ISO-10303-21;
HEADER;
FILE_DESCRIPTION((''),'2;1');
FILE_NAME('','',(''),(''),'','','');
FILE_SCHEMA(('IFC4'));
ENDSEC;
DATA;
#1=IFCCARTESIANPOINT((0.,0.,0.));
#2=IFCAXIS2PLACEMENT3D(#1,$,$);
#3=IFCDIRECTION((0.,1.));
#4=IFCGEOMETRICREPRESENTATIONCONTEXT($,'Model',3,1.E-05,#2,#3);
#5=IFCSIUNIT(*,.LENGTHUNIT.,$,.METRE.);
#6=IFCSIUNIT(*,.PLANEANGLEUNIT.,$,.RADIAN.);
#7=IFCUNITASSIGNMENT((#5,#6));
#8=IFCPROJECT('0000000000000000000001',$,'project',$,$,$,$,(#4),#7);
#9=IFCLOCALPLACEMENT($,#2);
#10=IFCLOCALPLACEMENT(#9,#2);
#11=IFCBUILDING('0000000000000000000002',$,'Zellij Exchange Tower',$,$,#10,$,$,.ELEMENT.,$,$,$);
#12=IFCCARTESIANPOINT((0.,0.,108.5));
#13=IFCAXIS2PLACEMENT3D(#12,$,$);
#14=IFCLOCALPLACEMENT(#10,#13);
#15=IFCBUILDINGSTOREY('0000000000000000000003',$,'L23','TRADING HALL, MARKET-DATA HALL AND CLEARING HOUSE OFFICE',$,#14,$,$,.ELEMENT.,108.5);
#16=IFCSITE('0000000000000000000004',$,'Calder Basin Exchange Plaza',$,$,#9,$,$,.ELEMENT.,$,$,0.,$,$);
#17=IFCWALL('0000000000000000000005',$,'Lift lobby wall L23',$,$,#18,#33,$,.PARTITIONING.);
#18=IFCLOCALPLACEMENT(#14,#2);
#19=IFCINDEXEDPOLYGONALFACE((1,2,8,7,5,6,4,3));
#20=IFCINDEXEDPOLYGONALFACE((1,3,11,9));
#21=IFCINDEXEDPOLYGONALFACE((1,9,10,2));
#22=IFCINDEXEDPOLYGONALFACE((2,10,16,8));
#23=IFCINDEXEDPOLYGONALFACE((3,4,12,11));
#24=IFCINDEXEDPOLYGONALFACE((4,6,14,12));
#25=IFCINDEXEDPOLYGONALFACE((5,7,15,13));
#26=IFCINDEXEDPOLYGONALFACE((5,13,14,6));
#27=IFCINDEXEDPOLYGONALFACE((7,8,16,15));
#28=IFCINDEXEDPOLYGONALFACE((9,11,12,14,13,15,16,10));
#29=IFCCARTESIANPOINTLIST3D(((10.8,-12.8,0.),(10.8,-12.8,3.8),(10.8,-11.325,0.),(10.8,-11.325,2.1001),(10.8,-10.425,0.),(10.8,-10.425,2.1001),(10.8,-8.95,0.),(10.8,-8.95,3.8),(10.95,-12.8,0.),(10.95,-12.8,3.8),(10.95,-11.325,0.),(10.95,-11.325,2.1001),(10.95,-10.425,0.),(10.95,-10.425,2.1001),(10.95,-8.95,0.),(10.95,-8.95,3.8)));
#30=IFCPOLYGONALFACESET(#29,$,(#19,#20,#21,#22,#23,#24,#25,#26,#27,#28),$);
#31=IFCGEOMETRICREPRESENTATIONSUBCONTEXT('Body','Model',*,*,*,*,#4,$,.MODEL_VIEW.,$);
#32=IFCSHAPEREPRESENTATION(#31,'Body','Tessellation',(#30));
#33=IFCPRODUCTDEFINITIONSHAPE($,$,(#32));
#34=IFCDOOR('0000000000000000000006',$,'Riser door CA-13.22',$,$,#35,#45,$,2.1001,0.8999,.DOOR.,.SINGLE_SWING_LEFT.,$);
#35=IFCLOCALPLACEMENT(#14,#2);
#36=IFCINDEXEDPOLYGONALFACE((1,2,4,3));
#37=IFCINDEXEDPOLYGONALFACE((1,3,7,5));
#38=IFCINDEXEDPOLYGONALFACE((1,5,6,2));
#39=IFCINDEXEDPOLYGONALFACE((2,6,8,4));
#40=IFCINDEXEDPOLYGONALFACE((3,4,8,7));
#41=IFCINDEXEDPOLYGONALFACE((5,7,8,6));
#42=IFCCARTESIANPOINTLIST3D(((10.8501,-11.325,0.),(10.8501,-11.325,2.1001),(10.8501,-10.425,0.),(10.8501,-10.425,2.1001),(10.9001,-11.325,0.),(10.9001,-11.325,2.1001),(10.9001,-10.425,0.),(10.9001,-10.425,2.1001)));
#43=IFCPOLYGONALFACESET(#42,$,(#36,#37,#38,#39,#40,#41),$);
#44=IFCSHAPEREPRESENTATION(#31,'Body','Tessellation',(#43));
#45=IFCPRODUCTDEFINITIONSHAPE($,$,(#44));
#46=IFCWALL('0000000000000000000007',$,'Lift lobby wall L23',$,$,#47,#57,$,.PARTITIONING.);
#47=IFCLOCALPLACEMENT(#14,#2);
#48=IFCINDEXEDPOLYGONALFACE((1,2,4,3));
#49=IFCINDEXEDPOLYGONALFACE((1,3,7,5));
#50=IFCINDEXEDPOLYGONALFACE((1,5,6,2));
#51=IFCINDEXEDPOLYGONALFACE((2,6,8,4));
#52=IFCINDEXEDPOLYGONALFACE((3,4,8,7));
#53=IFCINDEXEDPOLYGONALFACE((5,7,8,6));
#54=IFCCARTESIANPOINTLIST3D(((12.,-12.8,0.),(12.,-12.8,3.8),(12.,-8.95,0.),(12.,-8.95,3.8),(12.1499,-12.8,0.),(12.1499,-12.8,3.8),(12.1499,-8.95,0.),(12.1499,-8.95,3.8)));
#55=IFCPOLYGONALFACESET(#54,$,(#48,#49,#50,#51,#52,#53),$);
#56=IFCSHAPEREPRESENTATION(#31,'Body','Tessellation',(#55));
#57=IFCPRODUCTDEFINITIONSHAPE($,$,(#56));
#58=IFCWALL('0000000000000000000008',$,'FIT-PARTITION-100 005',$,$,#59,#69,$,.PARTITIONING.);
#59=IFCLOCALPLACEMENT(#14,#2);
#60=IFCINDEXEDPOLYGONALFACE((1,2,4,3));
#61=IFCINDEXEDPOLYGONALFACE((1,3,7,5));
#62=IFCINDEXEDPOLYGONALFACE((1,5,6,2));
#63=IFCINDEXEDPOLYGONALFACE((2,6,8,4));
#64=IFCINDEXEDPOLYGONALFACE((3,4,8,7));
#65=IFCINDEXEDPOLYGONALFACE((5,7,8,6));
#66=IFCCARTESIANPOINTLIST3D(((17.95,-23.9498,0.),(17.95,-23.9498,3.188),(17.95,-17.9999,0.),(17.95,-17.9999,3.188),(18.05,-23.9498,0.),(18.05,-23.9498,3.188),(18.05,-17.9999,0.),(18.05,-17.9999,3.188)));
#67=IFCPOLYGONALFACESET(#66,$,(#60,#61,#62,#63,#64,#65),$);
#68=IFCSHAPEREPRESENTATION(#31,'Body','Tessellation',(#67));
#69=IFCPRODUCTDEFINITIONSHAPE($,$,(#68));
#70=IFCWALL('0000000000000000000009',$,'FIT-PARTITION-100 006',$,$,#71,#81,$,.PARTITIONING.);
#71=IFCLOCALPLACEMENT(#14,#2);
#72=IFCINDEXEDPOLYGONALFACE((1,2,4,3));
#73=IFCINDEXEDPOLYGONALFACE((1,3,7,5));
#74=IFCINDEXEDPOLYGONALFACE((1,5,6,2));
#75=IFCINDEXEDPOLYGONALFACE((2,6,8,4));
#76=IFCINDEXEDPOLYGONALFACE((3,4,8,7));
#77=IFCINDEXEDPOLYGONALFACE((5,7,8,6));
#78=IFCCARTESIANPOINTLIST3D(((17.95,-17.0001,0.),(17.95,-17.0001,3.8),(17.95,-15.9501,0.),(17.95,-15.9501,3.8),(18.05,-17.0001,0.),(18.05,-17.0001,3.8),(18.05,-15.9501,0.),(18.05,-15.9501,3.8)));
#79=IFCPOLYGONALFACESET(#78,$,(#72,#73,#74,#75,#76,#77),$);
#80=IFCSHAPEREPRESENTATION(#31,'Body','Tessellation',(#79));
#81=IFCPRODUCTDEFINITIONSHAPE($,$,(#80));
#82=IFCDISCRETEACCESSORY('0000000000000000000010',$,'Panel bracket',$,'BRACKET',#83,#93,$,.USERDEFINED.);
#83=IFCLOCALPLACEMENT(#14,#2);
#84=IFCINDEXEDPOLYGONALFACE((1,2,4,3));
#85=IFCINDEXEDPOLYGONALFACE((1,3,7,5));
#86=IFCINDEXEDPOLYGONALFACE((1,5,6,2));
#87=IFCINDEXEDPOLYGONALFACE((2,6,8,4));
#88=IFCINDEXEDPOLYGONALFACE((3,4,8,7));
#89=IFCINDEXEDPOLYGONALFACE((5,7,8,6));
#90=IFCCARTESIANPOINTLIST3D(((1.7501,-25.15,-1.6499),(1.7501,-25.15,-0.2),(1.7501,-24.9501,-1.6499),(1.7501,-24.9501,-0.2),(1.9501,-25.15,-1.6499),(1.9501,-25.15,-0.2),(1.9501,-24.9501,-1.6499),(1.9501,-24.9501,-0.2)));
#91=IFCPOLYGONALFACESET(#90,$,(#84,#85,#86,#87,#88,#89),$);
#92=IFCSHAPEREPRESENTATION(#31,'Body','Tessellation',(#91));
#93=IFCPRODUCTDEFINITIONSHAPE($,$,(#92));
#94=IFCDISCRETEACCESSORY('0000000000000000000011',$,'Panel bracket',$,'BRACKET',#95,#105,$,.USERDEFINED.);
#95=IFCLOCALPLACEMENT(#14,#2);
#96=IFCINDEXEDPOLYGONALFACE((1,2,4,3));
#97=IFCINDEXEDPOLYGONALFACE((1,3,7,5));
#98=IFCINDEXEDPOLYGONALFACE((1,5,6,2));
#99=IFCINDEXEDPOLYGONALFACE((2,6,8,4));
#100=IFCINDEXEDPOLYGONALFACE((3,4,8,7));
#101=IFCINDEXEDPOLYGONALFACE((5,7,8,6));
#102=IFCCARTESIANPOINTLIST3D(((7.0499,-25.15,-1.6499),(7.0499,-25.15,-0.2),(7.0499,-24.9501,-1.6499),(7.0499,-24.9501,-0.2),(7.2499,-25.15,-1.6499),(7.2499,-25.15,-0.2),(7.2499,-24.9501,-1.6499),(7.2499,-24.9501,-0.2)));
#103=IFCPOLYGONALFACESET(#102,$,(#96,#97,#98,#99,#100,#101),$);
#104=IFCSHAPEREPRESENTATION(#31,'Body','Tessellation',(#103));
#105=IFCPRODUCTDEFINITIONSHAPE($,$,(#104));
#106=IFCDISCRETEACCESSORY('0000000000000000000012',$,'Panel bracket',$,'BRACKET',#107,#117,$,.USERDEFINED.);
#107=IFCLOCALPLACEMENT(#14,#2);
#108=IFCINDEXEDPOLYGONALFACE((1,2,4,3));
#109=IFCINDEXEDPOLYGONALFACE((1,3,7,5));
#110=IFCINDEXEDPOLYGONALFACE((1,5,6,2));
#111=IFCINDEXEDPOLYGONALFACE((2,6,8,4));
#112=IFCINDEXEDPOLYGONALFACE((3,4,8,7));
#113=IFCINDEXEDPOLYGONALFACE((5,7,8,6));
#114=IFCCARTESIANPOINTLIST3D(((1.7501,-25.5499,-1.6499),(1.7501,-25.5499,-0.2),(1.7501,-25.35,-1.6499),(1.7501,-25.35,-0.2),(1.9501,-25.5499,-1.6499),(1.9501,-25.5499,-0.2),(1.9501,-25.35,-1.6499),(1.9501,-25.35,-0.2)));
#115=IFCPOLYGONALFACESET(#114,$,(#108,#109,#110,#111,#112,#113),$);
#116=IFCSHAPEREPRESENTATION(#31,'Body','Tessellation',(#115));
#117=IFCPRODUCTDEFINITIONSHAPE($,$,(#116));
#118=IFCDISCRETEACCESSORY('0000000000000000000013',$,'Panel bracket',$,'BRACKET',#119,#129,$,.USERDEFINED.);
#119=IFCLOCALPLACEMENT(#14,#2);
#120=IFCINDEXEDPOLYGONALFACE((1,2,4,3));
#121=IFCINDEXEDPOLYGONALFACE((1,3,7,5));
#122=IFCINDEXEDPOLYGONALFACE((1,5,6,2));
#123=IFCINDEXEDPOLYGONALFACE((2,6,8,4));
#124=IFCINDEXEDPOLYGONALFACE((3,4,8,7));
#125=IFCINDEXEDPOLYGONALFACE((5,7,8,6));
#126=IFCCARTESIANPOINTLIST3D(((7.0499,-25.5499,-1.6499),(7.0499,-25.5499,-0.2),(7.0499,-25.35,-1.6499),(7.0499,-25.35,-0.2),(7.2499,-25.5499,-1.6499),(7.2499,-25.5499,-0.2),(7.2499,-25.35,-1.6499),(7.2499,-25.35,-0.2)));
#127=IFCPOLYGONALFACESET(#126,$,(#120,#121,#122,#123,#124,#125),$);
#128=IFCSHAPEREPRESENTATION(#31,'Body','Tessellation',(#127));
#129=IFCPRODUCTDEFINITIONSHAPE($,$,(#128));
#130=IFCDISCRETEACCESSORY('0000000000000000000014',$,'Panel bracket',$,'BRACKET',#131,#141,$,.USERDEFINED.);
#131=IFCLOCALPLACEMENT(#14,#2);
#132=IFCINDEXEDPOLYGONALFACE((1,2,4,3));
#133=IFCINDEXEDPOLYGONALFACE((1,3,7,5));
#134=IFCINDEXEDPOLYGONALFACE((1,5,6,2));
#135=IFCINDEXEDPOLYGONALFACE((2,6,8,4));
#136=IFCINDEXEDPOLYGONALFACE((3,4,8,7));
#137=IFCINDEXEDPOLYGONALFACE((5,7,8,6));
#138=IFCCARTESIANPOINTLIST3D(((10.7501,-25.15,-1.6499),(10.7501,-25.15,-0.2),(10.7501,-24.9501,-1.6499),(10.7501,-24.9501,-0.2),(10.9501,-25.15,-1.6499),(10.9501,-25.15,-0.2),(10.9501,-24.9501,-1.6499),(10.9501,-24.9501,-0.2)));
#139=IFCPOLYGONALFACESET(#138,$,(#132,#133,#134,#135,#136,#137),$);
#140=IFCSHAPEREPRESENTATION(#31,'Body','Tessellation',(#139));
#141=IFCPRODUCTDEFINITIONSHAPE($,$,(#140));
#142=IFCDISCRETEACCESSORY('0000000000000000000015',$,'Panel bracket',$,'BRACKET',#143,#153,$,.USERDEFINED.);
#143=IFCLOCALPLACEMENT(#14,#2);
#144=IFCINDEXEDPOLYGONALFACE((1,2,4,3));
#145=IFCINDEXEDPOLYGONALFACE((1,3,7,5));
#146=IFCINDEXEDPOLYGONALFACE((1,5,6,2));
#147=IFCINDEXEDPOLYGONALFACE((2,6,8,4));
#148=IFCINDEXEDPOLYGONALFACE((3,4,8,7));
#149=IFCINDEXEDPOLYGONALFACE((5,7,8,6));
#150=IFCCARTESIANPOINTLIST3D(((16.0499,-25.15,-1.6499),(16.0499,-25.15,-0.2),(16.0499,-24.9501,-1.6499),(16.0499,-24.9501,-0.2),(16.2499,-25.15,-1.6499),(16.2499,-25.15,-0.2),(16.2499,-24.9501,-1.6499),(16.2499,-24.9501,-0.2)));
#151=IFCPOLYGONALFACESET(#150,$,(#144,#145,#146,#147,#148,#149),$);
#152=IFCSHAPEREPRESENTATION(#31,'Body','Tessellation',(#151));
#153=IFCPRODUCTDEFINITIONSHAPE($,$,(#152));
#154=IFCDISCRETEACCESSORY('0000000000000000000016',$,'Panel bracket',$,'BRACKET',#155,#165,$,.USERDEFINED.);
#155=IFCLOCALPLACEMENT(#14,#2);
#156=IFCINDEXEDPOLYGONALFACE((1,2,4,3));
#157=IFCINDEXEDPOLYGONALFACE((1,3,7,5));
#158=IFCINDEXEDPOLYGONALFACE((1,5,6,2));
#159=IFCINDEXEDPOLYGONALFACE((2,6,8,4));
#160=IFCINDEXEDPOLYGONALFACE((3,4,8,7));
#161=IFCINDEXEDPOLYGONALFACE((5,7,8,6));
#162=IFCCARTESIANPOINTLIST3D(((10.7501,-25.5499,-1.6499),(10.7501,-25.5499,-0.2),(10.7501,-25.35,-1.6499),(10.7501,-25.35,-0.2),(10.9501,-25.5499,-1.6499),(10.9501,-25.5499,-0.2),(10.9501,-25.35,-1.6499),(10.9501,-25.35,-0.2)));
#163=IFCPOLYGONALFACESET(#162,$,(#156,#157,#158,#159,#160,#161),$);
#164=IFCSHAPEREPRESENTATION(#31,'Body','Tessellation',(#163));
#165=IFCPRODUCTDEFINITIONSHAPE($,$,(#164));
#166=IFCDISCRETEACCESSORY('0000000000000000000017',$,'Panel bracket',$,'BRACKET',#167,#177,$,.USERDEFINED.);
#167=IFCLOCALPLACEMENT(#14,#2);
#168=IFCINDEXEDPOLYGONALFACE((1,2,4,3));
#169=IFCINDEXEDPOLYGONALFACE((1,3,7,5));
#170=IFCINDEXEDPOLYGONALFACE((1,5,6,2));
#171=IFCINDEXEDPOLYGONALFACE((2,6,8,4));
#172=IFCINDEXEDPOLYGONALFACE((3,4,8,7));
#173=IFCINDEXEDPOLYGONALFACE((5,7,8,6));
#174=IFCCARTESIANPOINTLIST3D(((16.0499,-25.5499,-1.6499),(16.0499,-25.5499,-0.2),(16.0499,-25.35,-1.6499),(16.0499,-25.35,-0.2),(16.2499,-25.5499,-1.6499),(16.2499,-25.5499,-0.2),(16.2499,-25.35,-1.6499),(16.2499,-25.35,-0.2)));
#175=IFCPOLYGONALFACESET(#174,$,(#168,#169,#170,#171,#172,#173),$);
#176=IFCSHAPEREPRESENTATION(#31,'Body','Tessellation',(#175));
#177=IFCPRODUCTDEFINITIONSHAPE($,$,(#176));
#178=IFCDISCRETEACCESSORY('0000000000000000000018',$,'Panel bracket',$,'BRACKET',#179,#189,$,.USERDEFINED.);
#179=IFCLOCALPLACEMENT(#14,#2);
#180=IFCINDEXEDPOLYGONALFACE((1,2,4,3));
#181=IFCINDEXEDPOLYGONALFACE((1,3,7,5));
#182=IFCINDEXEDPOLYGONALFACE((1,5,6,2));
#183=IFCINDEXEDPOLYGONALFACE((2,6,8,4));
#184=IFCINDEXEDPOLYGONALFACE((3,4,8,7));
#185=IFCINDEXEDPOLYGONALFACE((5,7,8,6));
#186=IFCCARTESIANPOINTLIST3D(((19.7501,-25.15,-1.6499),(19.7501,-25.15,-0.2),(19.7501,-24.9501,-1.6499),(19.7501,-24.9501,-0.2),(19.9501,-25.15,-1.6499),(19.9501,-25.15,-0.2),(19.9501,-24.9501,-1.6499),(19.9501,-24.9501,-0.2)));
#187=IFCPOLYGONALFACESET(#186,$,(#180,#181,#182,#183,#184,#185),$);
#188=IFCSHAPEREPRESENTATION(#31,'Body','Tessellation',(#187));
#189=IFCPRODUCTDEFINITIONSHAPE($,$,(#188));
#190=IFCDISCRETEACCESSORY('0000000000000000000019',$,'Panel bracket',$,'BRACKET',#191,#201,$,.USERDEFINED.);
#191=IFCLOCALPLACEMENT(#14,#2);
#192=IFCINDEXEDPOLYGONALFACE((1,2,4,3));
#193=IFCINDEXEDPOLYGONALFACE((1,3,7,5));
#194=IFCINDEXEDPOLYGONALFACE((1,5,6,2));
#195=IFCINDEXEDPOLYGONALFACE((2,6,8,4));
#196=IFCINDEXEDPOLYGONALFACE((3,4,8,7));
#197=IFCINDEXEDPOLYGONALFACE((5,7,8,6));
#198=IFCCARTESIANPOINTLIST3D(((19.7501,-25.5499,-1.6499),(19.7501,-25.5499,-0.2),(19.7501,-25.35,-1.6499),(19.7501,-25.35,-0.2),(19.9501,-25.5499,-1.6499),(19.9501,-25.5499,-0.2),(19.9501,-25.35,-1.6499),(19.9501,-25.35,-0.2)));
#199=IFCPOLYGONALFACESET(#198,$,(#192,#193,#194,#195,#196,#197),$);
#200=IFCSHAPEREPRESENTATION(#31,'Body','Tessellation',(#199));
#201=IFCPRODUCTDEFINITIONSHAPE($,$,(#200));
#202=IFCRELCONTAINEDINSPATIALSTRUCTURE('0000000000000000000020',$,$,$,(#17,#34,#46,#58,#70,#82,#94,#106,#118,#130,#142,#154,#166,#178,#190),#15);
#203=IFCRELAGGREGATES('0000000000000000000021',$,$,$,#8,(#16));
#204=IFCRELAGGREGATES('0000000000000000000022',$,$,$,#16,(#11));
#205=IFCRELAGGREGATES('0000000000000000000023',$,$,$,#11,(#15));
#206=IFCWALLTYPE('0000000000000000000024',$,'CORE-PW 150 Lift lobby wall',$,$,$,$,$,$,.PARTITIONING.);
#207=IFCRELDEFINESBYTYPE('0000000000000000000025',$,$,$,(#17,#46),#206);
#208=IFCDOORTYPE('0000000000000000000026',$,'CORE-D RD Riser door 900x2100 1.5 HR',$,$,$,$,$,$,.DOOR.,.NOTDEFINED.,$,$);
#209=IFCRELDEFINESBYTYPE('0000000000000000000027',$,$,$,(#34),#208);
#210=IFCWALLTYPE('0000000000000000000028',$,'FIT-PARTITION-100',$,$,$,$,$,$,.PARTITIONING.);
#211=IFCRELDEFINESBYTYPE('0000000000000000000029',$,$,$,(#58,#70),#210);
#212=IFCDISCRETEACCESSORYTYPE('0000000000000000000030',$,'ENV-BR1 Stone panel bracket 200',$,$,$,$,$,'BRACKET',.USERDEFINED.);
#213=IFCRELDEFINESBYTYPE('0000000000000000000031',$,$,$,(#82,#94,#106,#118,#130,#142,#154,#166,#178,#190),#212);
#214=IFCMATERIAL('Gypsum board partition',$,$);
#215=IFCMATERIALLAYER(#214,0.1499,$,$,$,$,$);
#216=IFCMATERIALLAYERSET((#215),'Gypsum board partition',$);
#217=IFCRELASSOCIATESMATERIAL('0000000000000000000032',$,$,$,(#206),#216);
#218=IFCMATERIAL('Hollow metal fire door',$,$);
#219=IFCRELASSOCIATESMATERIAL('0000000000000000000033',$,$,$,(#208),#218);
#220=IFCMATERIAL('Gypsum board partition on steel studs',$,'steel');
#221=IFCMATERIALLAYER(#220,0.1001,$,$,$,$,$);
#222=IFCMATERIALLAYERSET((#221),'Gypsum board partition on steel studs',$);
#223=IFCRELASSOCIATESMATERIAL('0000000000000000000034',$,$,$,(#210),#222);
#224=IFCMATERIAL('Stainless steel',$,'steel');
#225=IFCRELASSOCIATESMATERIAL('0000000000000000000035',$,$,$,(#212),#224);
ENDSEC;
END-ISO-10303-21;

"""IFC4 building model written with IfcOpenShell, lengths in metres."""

from ifc_helpers import new_model, si_unit, direction, frame, frame_2d, origin, origin_2d, place, context, subcontext, project, spatial, rectangle, extrude, material, layer, layer_set, type_object, element, fill, save


model = new_model("IFC4")

# Units and contexts
model_context = context("Model", 3, precision=1e-05, world=origin(), true_north=direction((0.0, 1.0)))
body_context = subcontext(model_context, "Body", "Model", "MODEL_VIEW")
ifc_project = project(units=[si_unit("LENGTHUNIT", "METRE"), si_unit("PLANEANGLEUNIT", "RADIAN")], contexts=[model_context])

# Site, building, storey
site_placement = place(None, origin())
site = spatial("IfcSite", under=ifc_project, at=site_placement, Name="Calder Basin Exchange Plaza", CompositionType="ELEMENT", RefElevation=0.0)
building_placement = place(site_placement, origin())
building = spatial("IfcBuilding", under=site, at=building_placement, Name="Zellij Exchange Tower", CompositionType="ELEMENT")
storey_placement = place(building_placement, frame((0.0, 0.0, 108.5)))
storey = spatial("IfcBuildingStorey", under=building, at=storey_placement, Name="L23", Description="TRADING HALL, MARKET-DATA HALL AND CLEARING HOUSE OFFICE", CompositionType="ELEMENT", Elevation=108.5)

# Wall, opening, door
ifc_material_1 = material(Name="Gypsum board partition")
ifc_layer_1 = layer(ifc_material_1, 0.1499)
ifc_layer_set_1 = layer_set([ifc_layer_1], Name="Gypsum board partition")
wall_type_1 = type_object("IfcWallType", Name="CORE-PW 150 Lift lobby wall", PredefinedType="PARTITIONING", material=ifc_layer_set_1)
wall_1_placement = place(storey_placement, frame((10.875, -12.8, 0.0), z_axis=(0.0, 0.0, 1.0), x_axis=(0.0, 1.0, 0.0)))
wall_1 = element("IfcWall", 1, at=wall_1_placement, inside=storey, type_object=wall_type_1, Name="Lift lobby wall L23", PredefinedType="PARTITIONING", context=body_context, shape_type="SweptSolid", body=[
    extrude(rectangle(XDim=3.8501, YDim=0.1499, at=frame_2d((1.925, 0.0))), origin(), (0.0, 0.0, 1.0), 3.8),
])
opening_placement = place(wall_1_placement, frame((1.4751, 0.0, 0.0)))
opening = element("IfcOpeningElement", 2, at=opening_placement, cuts=wall_1, PredefinedType="OPENING", context=body_context, shape_type="SweptSolid", body=[
    extrude(rectangle(XDim=0.8999, YDim=2.1001, at=frame_2d((0.45, 1.05))), frame((0.0, 0.0869, 0.0), z_axis=(0.0, -1.0, 0.0), x_axis=(1.0, 0.0, 0.0)), (0.0, 0.0, 1.0), 0.1738),
])
ifc_material_2 = material(Name="Hollow metal fire door")
door_type = type_object("IfcDoorType", Name="CORE-D RD Riser door 900x2100 1.5 HR", OperationType="NOTDEFINED", PredefinedType="DOOR", material=ifc_material_2)
door_placement = place(opening_placement, origin())
door = element("IfcDoor", 3, at=door_placement, inside=storey, type_object=door_type, Name="Riser door CA-13.22", OperationType="SINGLE_SWING_LEFT", OverallHeight=2.1001, OverallWidth=0.8999, PredefinedType="DOOR", context=body_context, shape_type="SweptSolid", body=[
    extrude(rectangle(XDim=0.8999, YDim=2.1001, at=frame_2d((0.45, 1.05))), frame((0.0, 0.0249, 0.0), z_axis=(0.0, -1.0, 0.0), x_axis=(1.0, 0.0, 0.0)), (0.0, 0.0, 1.0), 0.05),
])
fill(opening, door)

# Walls
wall_2_placement = place(storey_placement, frame((12.075, -12.8, 0.0), z_axis=(0.0, 0.0, 1.0), x_axis=(0.0, 1.0, 0.0)))
element("IfcWall", 4, at=wall_2_placement, inside=storey, type_object=wall_type_1, Name="Lift lobby wall L23", PredefinedType="PARTITIONING", context=body_context, shape_type="SweptSolid", body=[
    extrude(rectangle(XDim=3.8501, YDim=0.1499, at=frame_2d((1.925, 0.0))), origin(), (0.0, 0.0, 1.0), 3.8),
])
ifc_material_3 = material(Name="Gypsum board partition on steel studs", Category="steel")
ifc_layer_2 = layer(ifc_material_3, 0.1001)
ifc_layer_set_2 = layer_set([ifc_layer_2], Name="Gypsum board partition on steel studs")
wall_type_2 = type_object("IfcWallType", Name="FIT-PARTITION-100", PredefinedType="PARTITIONING", material=ifc_layer_set_2)
wall_3_placement = place(storey_placement, frame((18.0, -23.95, 0.0), z_axis=(0.0, 0.0, 1.0), x_axis=(0.0, 1.0, 0.0)))
element("IfcWall", 5, at=wall_3_placement, inside=storey, type_object=wall_type_2, Name="FIT-PARTITION-100 005", PredefinedType="PARTITIONING", context=body_context, shape_type="SweptSolid", body=[
    extrude(rectangle(XDim=5.95, YDim=0.1001, at=frame_2d((2.9751, 0.0))), origin(), (0.0, 0.0, 1.0), 3.188),
])
wall_4_placement = place(storey_placement, frame((18.0, -17.0, 0.0), z_axis=(0.0, 0.0, 1.0), x_axis=(0.0, 1.0, 0.0)))
element("IfcWall", 6, at=wall_4_placement, inside=storey, type_object=wall_type_2, Name="FIT-PARTITION-100 006", PredefinedType="PARTITIONING", context=body_context, shape_type="SweptSolid", body=[
    extrude(rectangle(XDim=1.05, YDim=0.1001, at=frame_2d((0.5249, 0.0))), origin(), (0.0, 0.0, 1.0), 3.8),
])

# Discrete accessories
ifc_material_4 = material(Name="Stainless steel", Category="steel")
discrete_accessory_type = type_object("IfcDiscreteAccessoryType", Name="ENV-BR1 Stone panel bracket 200", ElementType="BRACKET", PredefinedType="USERDEFINED", material=ifc_material_4)
for number, where, z_axis, x_axis, name in (
    (7, (1.8501, -25.05, -1.6499), (0.0, 0.0, 1.0), (1.0, 0.0, 0.0), "Panel bracket"),
    (8, (7.1499, -25.05, -1.6499), (0.0, 0.0, 1.0), (1.0, 0.0, 0.0), "Panel bracket"),
    (9, (1.8501, -25.45, -1.6499), (0.0, 0.0, 1.0), (1.0, 0.0, 0.0), "Panel bracket"),
    (10, (7.1499, -25.45, -1.6499), (0.0, 0.0, 1.0), (1.0, 0.0, 0.0), "Panel bracket"),
    (11, (10.8501, -25.05, -1.6499), (0.0, 0.0, 1.0), (1.0, 0.0, 0.0), "Panel bracket"),
    (12, (16.1499, -25.05, -1.6499), (0.0, 0.0, 1.0), (1.0, 0.0, 0.0), "Panel bracket"),
    (13, (10.8501, -25.45, -1.6499), (0.0, 0.0, 1.0), (1.0, 0.0, 0.0), "Panel bracket"),
    (14, (16.1499, -25.45, -1.6499), (0.0, 0.0, 1.0), (1.0, 0.0, 0.0), "Panel bracket"),
    (15, (19.8501, -25.05, -1.6499), (0.0, 0.0, 1.0), (1.0, 0.0, 0.0), "Panel bracket"),
    (16, (19.8501, -25.45, -1.6499), (0.0, 0.0, 1.0), (1.0, 0.0, 0.0), "Panel bracket"),
):
    element("IfcDiscreteAccessory", number, at=place(storey_placement, frame(where, z_axis=z_axis, x_axis=x_axis)), inside=storey, type_object=discrete_accessory_type, Name=name, ObjectType="BRACKET", PredefinedType="USERDEFINED", context=body_context, shape_type="SweptSolid", body=[
        extrude(rectangle(XDim=0.2, YDim=0.2, at=origin_2d()), origin(), (0.0, 0.0, 1.0), 1.45),
    ])

save(model, "model.ifc")
